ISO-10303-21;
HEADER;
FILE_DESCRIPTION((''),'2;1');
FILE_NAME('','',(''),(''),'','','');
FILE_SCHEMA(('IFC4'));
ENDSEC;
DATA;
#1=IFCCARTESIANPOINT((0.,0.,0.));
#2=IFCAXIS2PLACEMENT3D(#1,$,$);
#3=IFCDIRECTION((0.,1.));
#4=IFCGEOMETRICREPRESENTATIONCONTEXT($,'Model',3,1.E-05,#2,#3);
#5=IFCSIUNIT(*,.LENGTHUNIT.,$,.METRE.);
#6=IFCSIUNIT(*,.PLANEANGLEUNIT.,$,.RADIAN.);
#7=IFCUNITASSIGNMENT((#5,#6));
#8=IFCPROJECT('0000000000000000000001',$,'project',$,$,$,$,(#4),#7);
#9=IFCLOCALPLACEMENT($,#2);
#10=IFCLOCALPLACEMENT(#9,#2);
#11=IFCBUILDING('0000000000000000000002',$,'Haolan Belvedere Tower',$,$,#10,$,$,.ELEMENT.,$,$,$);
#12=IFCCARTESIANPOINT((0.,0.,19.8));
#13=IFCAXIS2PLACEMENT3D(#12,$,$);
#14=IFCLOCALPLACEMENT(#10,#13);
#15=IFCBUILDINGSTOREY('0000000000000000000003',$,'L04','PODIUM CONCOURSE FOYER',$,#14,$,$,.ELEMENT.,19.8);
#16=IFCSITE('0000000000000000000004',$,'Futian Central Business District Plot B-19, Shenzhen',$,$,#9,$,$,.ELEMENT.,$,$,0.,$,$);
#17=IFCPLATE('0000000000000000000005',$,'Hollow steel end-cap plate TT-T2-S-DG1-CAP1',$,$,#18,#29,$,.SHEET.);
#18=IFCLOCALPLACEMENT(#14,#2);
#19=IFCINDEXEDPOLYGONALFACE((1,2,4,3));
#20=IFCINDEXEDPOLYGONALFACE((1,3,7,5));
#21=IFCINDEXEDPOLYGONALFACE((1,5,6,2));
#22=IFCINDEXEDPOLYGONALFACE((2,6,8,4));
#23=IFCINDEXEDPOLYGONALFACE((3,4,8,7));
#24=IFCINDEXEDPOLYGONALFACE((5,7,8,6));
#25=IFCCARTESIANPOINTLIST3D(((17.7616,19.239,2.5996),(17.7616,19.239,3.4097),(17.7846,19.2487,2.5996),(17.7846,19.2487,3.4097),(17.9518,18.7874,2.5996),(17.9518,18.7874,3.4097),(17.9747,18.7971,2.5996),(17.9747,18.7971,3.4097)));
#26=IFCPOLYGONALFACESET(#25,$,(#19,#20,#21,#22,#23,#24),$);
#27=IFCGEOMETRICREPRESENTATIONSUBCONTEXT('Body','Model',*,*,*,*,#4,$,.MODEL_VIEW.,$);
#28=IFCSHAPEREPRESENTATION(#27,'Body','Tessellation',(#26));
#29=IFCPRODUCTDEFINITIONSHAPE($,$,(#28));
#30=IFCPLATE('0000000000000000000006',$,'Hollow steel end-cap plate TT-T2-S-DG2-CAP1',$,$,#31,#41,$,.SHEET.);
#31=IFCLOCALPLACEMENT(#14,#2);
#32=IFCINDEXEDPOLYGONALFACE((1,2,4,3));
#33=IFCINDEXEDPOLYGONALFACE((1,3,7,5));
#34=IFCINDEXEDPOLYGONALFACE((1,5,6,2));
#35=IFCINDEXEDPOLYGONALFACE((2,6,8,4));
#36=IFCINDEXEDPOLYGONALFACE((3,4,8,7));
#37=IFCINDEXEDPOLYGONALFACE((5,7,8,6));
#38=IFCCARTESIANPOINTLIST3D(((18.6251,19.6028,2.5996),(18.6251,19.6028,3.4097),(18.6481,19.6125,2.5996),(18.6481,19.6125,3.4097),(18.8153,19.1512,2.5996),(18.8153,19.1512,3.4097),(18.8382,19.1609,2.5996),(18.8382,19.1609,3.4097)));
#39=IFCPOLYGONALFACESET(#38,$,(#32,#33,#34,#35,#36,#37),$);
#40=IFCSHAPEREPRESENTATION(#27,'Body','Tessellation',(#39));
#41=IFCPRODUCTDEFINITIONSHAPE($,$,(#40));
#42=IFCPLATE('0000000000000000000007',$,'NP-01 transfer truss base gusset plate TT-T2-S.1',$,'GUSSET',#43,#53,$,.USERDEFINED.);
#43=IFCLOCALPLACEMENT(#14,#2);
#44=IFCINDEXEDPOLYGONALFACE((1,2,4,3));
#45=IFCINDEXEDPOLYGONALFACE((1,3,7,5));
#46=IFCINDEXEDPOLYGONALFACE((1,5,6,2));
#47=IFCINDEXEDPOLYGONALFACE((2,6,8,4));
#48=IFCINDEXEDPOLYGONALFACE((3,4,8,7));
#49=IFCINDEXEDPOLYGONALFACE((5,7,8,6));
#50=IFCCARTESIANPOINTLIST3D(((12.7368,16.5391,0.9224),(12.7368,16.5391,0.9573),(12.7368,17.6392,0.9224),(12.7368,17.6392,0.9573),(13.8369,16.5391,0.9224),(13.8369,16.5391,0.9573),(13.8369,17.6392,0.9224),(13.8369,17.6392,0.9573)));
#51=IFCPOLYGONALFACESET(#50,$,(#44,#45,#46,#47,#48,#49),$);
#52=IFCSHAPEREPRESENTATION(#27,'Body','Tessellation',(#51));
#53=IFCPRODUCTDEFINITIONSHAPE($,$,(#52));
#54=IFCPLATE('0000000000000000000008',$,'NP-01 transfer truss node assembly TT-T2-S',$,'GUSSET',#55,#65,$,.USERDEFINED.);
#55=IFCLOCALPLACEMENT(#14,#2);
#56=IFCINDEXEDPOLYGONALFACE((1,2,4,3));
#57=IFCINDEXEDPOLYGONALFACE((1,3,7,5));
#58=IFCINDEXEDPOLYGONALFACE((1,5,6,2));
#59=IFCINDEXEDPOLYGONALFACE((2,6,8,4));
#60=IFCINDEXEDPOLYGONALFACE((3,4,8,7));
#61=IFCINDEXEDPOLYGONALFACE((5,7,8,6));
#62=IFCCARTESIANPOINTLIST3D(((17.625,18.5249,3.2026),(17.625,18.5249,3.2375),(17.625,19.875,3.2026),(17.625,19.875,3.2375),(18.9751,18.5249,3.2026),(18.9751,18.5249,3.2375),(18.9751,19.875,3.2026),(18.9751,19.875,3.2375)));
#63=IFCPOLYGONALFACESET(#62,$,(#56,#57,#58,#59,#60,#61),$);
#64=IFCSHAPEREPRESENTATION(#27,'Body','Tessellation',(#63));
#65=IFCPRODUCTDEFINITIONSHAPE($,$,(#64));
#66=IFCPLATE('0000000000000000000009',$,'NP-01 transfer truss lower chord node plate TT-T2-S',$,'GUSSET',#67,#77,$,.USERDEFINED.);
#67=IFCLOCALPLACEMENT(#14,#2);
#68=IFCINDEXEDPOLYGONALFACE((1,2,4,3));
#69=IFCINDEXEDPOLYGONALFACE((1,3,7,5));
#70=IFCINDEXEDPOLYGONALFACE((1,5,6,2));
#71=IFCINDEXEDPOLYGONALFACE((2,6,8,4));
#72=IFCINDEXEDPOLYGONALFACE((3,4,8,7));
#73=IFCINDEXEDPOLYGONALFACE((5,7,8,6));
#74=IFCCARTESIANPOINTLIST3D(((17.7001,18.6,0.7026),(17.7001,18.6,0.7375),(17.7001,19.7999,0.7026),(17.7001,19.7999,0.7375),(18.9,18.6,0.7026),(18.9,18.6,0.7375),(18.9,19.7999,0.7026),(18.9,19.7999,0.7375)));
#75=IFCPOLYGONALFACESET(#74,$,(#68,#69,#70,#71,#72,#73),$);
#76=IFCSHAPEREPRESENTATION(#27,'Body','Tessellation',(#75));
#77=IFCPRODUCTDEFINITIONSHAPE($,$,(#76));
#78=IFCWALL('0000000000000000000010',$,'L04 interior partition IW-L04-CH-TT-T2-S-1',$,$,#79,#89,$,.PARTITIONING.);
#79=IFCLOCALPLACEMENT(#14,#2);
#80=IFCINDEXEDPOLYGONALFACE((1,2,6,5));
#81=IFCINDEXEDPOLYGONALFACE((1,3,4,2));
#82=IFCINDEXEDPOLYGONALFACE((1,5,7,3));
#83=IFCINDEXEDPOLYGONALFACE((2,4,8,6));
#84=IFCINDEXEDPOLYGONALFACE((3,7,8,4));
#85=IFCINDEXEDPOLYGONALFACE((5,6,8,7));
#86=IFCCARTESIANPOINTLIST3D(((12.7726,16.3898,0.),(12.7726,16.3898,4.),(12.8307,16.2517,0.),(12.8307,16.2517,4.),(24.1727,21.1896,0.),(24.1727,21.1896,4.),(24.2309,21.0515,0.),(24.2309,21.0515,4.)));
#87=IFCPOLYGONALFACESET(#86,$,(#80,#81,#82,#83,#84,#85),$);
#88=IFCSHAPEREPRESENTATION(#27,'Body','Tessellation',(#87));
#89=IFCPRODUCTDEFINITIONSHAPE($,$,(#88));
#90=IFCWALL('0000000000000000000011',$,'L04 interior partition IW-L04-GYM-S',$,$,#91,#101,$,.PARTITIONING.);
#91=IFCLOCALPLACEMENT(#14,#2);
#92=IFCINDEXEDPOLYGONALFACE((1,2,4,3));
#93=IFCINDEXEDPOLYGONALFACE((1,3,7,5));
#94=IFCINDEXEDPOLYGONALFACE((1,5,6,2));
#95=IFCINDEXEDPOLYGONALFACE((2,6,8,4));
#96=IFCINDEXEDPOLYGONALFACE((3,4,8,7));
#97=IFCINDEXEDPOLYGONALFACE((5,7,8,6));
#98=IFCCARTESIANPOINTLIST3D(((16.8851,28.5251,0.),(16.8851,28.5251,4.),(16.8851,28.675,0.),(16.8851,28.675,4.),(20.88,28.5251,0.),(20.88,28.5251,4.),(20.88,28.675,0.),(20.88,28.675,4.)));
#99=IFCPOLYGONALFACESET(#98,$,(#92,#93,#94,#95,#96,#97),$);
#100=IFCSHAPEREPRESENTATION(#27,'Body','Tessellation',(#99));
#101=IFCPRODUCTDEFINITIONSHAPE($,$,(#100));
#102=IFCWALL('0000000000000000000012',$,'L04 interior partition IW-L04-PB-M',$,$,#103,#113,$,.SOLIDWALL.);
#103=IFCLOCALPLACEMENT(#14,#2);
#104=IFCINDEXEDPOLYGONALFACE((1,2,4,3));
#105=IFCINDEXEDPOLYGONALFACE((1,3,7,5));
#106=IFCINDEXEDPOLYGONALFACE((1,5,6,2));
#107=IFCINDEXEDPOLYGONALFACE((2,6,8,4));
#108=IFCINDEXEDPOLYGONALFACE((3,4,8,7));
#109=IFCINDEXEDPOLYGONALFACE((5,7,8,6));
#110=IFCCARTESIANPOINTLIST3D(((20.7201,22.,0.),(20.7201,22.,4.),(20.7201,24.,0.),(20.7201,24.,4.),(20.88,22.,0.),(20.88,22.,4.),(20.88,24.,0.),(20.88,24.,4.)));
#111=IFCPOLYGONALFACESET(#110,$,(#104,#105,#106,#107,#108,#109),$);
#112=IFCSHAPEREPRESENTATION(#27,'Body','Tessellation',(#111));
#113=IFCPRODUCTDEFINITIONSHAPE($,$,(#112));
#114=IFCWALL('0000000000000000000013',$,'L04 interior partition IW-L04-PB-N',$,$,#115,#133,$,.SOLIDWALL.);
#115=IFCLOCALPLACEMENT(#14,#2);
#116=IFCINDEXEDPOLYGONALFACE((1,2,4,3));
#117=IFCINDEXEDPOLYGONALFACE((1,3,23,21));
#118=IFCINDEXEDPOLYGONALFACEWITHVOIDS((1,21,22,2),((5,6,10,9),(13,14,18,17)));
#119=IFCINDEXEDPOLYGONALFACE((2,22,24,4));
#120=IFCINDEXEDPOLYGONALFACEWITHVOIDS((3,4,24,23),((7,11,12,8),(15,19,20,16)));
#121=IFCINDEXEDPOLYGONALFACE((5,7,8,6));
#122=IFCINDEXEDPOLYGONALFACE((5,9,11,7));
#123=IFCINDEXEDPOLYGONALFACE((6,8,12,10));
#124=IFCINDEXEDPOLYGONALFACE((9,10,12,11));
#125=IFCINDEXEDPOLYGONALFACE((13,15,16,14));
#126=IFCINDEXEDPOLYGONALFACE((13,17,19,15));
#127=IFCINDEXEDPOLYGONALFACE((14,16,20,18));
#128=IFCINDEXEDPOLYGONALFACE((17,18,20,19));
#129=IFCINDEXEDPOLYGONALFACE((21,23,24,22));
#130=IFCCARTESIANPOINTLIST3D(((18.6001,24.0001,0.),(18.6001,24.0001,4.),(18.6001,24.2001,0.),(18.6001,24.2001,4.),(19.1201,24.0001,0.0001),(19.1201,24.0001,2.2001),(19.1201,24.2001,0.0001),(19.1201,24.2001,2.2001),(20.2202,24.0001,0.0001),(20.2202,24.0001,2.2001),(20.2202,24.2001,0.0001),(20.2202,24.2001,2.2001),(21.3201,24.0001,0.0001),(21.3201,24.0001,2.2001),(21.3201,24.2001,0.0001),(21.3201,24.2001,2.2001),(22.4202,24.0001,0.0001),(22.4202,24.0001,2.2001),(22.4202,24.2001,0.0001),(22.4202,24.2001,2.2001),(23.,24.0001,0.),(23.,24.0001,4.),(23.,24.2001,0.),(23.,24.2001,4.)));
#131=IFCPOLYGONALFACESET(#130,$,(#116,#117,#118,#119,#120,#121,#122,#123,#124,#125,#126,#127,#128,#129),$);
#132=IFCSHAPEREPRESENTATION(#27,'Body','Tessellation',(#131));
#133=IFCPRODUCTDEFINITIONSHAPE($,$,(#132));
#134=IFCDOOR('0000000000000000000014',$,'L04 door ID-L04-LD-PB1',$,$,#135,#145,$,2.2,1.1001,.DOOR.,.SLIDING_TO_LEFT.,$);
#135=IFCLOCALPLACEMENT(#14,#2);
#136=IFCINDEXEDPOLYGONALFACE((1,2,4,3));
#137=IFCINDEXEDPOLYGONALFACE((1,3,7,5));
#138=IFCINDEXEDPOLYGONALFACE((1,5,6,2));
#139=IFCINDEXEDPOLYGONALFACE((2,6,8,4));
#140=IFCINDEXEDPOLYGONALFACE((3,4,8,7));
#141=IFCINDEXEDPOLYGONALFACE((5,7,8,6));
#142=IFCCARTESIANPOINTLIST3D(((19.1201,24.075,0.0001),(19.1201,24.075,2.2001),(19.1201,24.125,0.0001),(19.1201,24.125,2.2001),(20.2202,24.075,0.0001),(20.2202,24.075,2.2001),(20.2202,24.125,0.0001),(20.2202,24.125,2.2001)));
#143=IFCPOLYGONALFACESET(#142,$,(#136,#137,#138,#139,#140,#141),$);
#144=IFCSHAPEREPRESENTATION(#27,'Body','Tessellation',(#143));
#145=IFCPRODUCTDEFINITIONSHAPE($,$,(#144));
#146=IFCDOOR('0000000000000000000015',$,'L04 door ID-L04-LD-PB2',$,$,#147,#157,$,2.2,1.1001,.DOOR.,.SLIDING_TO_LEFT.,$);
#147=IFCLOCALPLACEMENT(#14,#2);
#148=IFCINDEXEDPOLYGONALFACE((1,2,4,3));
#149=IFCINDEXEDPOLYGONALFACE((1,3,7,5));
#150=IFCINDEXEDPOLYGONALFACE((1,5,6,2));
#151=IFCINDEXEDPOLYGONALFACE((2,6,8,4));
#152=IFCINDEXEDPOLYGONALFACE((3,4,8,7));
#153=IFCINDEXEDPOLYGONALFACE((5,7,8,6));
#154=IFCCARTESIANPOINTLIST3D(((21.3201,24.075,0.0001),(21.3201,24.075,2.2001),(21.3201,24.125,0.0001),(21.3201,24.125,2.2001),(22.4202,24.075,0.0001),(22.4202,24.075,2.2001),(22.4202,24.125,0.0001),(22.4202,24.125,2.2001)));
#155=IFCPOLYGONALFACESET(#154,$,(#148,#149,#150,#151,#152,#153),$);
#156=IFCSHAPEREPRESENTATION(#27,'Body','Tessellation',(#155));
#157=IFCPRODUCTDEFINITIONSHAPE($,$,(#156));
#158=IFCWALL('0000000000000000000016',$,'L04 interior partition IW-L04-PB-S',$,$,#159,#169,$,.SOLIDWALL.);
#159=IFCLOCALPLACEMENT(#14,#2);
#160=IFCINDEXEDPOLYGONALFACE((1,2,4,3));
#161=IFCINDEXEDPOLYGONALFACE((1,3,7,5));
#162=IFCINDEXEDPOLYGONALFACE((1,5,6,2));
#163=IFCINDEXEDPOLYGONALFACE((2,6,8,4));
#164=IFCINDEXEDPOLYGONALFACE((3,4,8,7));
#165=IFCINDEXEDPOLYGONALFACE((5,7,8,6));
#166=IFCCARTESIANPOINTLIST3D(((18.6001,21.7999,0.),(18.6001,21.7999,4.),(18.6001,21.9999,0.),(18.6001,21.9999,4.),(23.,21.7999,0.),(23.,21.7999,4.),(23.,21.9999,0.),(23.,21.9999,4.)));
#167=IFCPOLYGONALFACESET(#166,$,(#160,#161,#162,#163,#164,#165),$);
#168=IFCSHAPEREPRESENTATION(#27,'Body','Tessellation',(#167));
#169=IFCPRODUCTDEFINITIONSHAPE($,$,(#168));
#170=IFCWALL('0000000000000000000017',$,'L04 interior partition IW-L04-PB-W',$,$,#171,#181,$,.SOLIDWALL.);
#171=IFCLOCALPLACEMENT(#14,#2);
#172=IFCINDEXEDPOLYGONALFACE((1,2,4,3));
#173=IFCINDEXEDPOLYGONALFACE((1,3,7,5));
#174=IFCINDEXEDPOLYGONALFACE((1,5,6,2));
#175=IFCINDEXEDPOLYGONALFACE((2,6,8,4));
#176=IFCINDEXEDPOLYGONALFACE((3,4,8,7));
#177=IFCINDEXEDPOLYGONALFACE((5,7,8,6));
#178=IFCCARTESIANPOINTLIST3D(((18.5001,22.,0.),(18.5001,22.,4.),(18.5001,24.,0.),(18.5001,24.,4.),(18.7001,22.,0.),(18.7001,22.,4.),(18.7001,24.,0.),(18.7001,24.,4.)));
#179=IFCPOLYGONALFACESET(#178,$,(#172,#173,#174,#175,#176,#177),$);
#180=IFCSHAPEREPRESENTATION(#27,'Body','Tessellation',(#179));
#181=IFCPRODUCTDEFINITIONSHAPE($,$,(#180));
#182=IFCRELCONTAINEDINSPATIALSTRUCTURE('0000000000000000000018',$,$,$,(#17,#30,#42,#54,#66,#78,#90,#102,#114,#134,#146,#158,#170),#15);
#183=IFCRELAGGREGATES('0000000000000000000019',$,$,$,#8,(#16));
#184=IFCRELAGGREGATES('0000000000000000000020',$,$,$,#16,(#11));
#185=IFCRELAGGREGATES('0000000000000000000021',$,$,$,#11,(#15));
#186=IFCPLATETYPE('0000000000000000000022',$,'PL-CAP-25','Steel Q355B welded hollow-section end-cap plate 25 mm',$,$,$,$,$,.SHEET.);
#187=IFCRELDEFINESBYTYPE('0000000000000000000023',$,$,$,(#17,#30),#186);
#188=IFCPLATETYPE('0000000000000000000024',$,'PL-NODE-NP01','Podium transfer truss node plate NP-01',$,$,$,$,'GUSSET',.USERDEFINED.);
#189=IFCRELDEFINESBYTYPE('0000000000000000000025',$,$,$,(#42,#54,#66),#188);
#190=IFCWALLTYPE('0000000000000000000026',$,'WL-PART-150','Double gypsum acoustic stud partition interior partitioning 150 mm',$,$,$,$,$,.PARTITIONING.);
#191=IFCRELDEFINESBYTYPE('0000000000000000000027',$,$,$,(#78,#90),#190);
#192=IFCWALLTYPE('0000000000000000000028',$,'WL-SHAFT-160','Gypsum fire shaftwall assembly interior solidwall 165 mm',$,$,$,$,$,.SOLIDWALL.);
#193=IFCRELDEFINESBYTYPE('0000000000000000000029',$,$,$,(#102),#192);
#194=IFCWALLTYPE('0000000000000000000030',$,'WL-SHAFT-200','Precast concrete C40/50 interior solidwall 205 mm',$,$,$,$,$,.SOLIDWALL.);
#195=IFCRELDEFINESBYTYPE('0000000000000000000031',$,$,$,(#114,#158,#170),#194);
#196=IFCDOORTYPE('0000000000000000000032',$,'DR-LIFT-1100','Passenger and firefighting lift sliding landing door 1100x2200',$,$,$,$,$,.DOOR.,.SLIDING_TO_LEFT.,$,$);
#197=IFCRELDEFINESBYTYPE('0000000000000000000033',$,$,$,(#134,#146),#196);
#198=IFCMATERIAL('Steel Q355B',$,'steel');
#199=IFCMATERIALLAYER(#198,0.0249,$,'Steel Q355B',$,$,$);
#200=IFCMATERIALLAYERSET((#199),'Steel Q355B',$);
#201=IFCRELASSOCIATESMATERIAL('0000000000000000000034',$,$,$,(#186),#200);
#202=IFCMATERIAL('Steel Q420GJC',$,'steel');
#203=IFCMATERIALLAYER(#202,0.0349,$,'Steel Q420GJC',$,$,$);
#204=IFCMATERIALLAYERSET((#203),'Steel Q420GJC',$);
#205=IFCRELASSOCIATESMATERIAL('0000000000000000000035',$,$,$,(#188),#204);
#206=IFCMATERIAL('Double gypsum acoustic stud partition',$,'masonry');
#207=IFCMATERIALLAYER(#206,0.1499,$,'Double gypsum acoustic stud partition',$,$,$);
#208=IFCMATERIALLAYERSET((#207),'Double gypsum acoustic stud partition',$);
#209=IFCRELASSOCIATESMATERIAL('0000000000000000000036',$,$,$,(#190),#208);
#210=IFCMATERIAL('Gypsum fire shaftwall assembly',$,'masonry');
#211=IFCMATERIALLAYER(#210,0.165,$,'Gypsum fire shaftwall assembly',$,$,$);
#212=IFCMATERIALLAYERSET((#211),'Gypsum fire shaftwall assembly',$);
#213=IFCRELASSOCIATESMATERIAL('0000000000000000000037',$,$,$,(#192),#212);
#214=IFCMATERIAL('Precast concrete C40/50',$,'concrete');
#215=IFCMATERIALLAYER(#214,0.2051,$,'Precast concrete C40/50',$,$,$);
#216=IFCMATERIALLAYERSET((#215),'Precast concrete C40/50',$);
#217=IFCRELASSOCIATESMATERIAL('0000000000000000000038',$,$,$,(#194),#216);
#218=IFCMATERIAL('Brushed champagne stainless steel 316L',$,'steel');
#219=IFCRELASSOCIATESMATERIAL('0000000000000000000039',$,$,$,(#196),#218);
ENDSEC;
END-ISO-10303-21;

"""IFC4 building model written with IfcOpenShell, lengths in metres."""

from ifc_helpers import new_model, si_unit, direction, frame, frame_2d, origin, origin_2d, place, context, subcontext, project, spatial, rectangle, extrude, material, layer, layer_set, type_object, element, fill, save


model = new_model("IFC4")

# Units and contexts
model_context = context("Model", 3, precision=1e-05, world=origin(), true_north=direction((0.0, 1.0)))
body_context = subcontext(model_context, "Body", "Model", "MODEL_VIEW")
ifc_project = project(units=[si_unit("LENGTHUNIT", "METRE"), si_unit("PLANEANGLEUNIT", "RADIAN")], contexts=[model_context])

# Site, building, storey
site_placement = place(None, origin())
site = spatial("IfcSite", under=ifc_project, at=site_placement, Name="Futian Central Business District Plot B-19, Shenzhen", CompositionType="ELEMENT", RefElevation=0.0)
building_placement = place(site_placement, origin())
building = spatial("IfcBuilding", under=site, at=building_placement, Name="Haolan Belvedere Tower", CompositionType="ELEMENT")
storey_placement = place(building_placement, frame((0.0, 0.0, 19.8)))
storey = spatial("IfcBuildingStorey", under=building, at=storey_placement, Name="L04", Description="PODIUM CONCOURSE FOYER", CompositionType="ELEMENT", Elevation=19.8)

# Shared definitions
ifc_material_1 = material(Name="Steel Q355B", Category="steel")

# Shared definitions
ifc_material_2 = material(Name="Steel Q420GJC", Category="steel")

# Plates
ifc_layer_1 = layer(ifc_material_1, 0.0249, Name="Steel Q355B")
ifc_layer_set_1 = layer_set([ifc_layer_1], Name="Steel Q355B")
plate_type_1 = type_object("IfcPlateType", Name="PL-CAP-25", Description="Steel Q355B welded hollow-section end-cap plate 25 mm", PredefinedType="SHEET", material=ifc_layer_set_1)
for number, where, z_axis, x_axis, name in (
    (1, (17.8682, 19.0181, 2.5996), (0.0, 0.0, 1.0), (-0.388063, 0.921633, 0.0), "Hollow steel end-cap plate TT-T2-S-DG1-CAP1"),
    (2, (18.7317, 19.3818, 2.5996), (0.0, 0.0, 1.0), (0.388063, -0.921633, 0.0), "Hollow steel end-cap plate TT-T2-S-DG2-CAP1"),
):
    element("IfcPlate", number, at=place(storey_placement, frame(where, z_axis=z_axis, x_axis=x_axis)), inside=storey, type_object=plate_type_1, Name=name, PredefinedType="SHEET", context=body_context, shape_type="SweptSolid", body=[
        extrude(rectangle(XDim=0.49, YDim=0.0249, at=origin_2d()), origin(), (0.0, 0.0, 1.0), 0.8101),
    ])
ifc_layer_2 = layer(ifc_material_2, 0.0349, Name="Steel Q420GJC")
ifc_layer_set_2 = layer_set([ifc_layer_2], Name="Steel Q420GJC")
plate_type_2 = type_object("IfcPlateType", Name="PL-NODE-NP01", Description="Podium transfer truss node plate NP-01", ElementType="GUSSET", PredefinedType="USERDEFINED", material=ifc_layer_set_2)
plate_1_placement = place(storey_placement, frame((13.2869, 17.0891, 0.9224), z_axis=(0.0, 0.0, 1.0), x_axis=(1.0, 0.0, 0.0)))
element("IfcPlate", 3, at=plate_1_placement, inside=storey, type_object=plate_type_2, Name="NP-01 transfer truss base gusset plate TT-T2-S.1", ObjectType="GUSSET", PredefinedType="USERDEFINED", context=body_context, shape_type="SweptSolid", body=[
    extrude(rectangle(XDim=1.1001, YDim=1.1001, at=origin_2d()), origin(), (0.0, 0.0, 1.0), 0.0349),
])
plate_2_placement = place(storey_placement, frame((18.3, 19.2, 3.2026), z_axis=(0.0, 0.0, 1.0), x_axis=(1.0, 0.0, 0.0)))
element("IfcPlate", 4, at=plate_2_placement, inside=storey, type_object=plate_type_2, Name="NP-01 transfer truss node assembly TT-T2-S", ObjectType="GUSSET", PredefinedType="USERDEFINED", context=body_context, shape_type="SweptSolid", body=[
    extrude(rectangle(XDim=1.3501, YDim=1.3501, at=origin_2d()), origin(), (0.0, 0.0, 1.0), 0.0349),
])
plate_3_placement = place(storey_placement, frame((18.3, 19.2, 0.7026), z_axis=(0.0, 0.0, 1.0), x_axis=(1.0, 0.0, 0.0)))
element("IfcPlate", 5, at=plate_3_placement, inside=storey, type_object=plate_type_2, Name="NP-01 transfer truss lower chord node plate TT-T2-S", ObjectType="GUSSET", PredefinedType="USERDEFINED", context=body_context, shape_type="SweptSolid", body=[
    extrude(rectangle(XDim=1.2, YDim=1.2, at=origin_2d()), origin(), (0.0, 0.0, 1.0), 0.0349),
])

# Walls
ifc_material_3 = material(Name="Double gypsum acoustic stud partition", Category="masonry")
ifc_layer_3 = layer(ifc_material_3, 0.1499, Name="Double gypsum acoustic stud partition")
ifc_layer_set_3 = layer_set([ifc_layer_3], Name="Double gypsum acoustic stud partition")
wall_type_1 = type_object("IfcWallType", Name="WL-PART-150", Description="Double gypsum acoustic stud partition interior partitioning 150 mm", PredefinedType="PARTITIONING", material=ifc_layer_set_3)
wall_1_placement = place(storey_placement, frame((12.8018, 16.3208, 0.0), z_axis=(0.0, 0.0, 1.0), x_axis=(0.921643, 0.388039, 0.0)))
element("IfcWall", 6, at=wall_1_placement, inside=storey, type_object=wall_type_1, Name="L04 interior partition IW-L04-CH-TT-T2-S-1", PredefinedType="PARTITIONING", context=body_context, shape_type="SweptSolid", body=[
    extrude(rectangle(XDim=12.3694, YDim=0.1499, at=frame_2d((6.1846, 0.0))), origin(), (0.0, 0.0, 1.0), 4.0),
])
wall_2_placement = place(storey_placement, frame((16.885, 28.6001, 0.0), z_axis=(0.0, 0.0, 1.0), x_axis=(1.0, 0.0, 0.0)))
element("IfcWall", 7, at=wall_2_placement, inside=storey, type_object=wall_type_1, Name="L04 interior partition IW-L04-GYM-S", PredefinedType="PARTITIONING", context=body_context, shape_type="SweptSolid", body=[
    extrude(rectangle(XDim=3.9949, YDim=0.1499, at=frame_2d((1.9976, 0.0))), origin(), (0.0, 0.0, 1.0), 4.0),
])
ifc_material_4 = material(Name="Gypsum fire shaftwall assembly", Category="masonry")
ifc_layer_4 = layer(ifc_material_4, 0.165, Name="Gypsum fire shaftwall assembly")
ifc_layer_set_4 = layer_set([ifc_layer_4], Name="Gypsum fire shaftwall assembly")
wall_type_2 = type_object("IfcWallType", Name="WL-SHAFT-160", Description="Gypsum fire shaftwall assembly interior solidwall 165 mm", PredefinedType="SOLIDWALL", material=ifc_layer_set_4)
wall_3_placement = place(storey_placement, frame((20.8, 22.0, 0.0), z_axis=(0.0, 0.0, 1.0), x_axis=(0.0, 1.0, 0.0)))
element("IfcWall", 8, at=wall_3_placement, inside=storey, type_object=wall_type_2, Name="L04 interior partition IW-L04-PB-M", PredefinedType="SOLIDWALL", context=body_context, shape_type="SweptSolid", body=[
    extrude(rectangle(XDim=2.0, YDim=0.1599, at=frame_2d((1.0, 0.0))), origin(), (0.0, 0.0, 1.0), 4.0),
])

# Wall, openings, doors
ifc_material_5 = material(Name="Precast concrete C40/50", Category="concrete")
ifc_layer_5 = layer(ifc_material_5, 0.2051, Name="Precast concrete C40/50")
ifc_layer_set_5 = layer_set([ifc_layer_5], Name="Precast concrete C40/50")
wall_type_3 = type_object("IfcWallType", Name="WL-SHAFT-200", Description="Precast concrete C40/50 interior solidwall 205 mm", PredefinedType="SOLIDWALL", material=ifc_layer_set_5)
wall_4_placement = place(storey_placement, frame((18.6001, 24.1001, 0.0), z_axis=(0.0, 0.0, 1.0), x_axis=(1.0, 0.0, 0.0)))
wall_4 = element("IfcWall", 9, at=wall_4_placement, inside=storey, type_object=wall_type_3, Name="L04 interior partition IW-L04-PB-N", PredefinedType="SOLIDWALL", context=body_context, shape_type="SweptSolid", body=[
    extrude(rectangle(XDim=4.3999, YDim=0.2, at=frame_2d((2.2, 0.0))), origin(), (0.0, 0.0, 1.0), 4.0),
])
opening_1_placement = place(wall_4_placement, frame((0.52, 0.0, 0.0)))
opening_1 = element("IfcOpeningElement", 10, at=opening_1_placement, cuts=wall_4, PredefinedType="OPENING", context=body_context, shape_type="SweptSolid", body=[
    extrude(rectangle(XDim=1.1001, YDim=2.2, at=frame_2d((0.55, 1.1001))), frame((0.0, 0.1099, 0.0), z_axis=(0.0, -1.0, 0.0), x_axis=(1.0, 0.0, 0.0)), (0.0, 0.0, 1.0), 0.22),
])
opening_2_placement = place(wall_4_placement, frame((2.72, 0.0, 0.0)))
opening_2 = element("IfcOpeningElement", 11, at=opening_2_placement, cuts=wall_4, PredefinedType="OPENING", context=body_context, shape_type="SweptSolid", body=[
    extrude(rectangle(XDim=1.1001, YDim=2.2, at=frame_2d((0.55, 1.1001))), frame((0.0, 0.1099, 0.0), z_axis=(0.0, -1.0, 0.0), x_axis=(1.0, 0.0, 0.0)), (0.0, 0.0, 1.0), 0.22),
])
ifc_material_6 = material(Name="Brushed champagne stainless steel 316L", Category="steel")
door_type = type_object("IfcDoorType", Name="DR-LIFT-1100", Description="Passenger and firefighting lift sliding landing door 1100x2200", OperationType="SLIDING_TO_LEFT", PredefinedType="DOOR", material=ifc_material_6)
door_1_placement = place(opening_1_placement, origin())
door_1 = element("IfcDoor", 12, at=door_1_placement, inside=storey, type_object=door_type, Name="L04 door ID-L04-LD-PB1", OperationType="SLIDING_TO_LEFT", OverallHeight=2.2, OverallWidth=1.1001, PredefinedType="DOOR", context=body_context, shape_type="SweptSolid", body=[
    extrude(rectangle(XDim=1.1001, YDim=2.2, at=frame_2d((0.55, 1.1001))), frame((0.0, 0.0249, 0.0), z_axis=(0.0, -1.0, 0.0), x_axis=(1.0, 0.0, 0.0)), (0.0, 0.0, 1.0), 0.05),
])
fill(opening_1, door_1)
door_2_placement = place(opening_2_placement, origin())
door_2 = element("IfcDoor", 13, at=door_2_placement, inside=storey, type_object=door_type, Name="L04 door ID-L04-LD-PB2", OperationType="SLIDING_TO_LEFT", OverallHeight=2.2, OverallWidth=1.1001, PredefinedType="DOOR", context=body_context, shape_type="SweptSolid", body=[
    extrude(rectangle(XDim=1.1001, YDim=2.2, at=frame_2d((0.55, 1.1001))), frame((0.0, 0.0249, 0.0), z_axis=(0.0, -1.0, 0.0), x_axis=(1.0, 0.0, 0.0)), (0.0, 0.0, 1.0), 0.05),
])
fill(opening_2, door_2)

# Walls
wall_5_placement = place(storey_placement, frame((18.6001, 21.8999, 0.0), z_axis=(0.0, 0.0, 1.0), x_axis=(1.0, 0.0, 0.0)))
element("IfcWall", 14, at=wall_5_placement, inside=storey, type_object=wall_type_3, Name="L04 interior partition IW-L04-PB-S", PredefinedType="SOLIDWALL", context=body_context, shape_type="SweptSolid", body=[
    extrude(rectangle(XDim=4.3999, YDim=0.2, at=frame_2d((2.2, 0.0))), origin(), (0.0, 0.0, 1.0), 4.0),
])
wall_6_placement = place(storey_placement, frame((18.6001, 22.0, 0.0), z_axis=(0.0, 0.0, 1.0), x_axis=(0.0, 1.0, 0.0)))
element("IfcWall", 15, at=wall_6_placement, inside=storey, type_object=wall_type_3, Name="L04 interior partition IW-L04-PB-W", PredefinedType="SOLIDWALL", context=body_context, shape_type="SweptSolid", body=[
    extrude(rectangle(XDim=2.0, YDim=0.2, at=frame_2d((1.0, 0.0))), origin(), (0.0, 0.0, 1.0), 4.0),
])

save(model, "model.ifc")
